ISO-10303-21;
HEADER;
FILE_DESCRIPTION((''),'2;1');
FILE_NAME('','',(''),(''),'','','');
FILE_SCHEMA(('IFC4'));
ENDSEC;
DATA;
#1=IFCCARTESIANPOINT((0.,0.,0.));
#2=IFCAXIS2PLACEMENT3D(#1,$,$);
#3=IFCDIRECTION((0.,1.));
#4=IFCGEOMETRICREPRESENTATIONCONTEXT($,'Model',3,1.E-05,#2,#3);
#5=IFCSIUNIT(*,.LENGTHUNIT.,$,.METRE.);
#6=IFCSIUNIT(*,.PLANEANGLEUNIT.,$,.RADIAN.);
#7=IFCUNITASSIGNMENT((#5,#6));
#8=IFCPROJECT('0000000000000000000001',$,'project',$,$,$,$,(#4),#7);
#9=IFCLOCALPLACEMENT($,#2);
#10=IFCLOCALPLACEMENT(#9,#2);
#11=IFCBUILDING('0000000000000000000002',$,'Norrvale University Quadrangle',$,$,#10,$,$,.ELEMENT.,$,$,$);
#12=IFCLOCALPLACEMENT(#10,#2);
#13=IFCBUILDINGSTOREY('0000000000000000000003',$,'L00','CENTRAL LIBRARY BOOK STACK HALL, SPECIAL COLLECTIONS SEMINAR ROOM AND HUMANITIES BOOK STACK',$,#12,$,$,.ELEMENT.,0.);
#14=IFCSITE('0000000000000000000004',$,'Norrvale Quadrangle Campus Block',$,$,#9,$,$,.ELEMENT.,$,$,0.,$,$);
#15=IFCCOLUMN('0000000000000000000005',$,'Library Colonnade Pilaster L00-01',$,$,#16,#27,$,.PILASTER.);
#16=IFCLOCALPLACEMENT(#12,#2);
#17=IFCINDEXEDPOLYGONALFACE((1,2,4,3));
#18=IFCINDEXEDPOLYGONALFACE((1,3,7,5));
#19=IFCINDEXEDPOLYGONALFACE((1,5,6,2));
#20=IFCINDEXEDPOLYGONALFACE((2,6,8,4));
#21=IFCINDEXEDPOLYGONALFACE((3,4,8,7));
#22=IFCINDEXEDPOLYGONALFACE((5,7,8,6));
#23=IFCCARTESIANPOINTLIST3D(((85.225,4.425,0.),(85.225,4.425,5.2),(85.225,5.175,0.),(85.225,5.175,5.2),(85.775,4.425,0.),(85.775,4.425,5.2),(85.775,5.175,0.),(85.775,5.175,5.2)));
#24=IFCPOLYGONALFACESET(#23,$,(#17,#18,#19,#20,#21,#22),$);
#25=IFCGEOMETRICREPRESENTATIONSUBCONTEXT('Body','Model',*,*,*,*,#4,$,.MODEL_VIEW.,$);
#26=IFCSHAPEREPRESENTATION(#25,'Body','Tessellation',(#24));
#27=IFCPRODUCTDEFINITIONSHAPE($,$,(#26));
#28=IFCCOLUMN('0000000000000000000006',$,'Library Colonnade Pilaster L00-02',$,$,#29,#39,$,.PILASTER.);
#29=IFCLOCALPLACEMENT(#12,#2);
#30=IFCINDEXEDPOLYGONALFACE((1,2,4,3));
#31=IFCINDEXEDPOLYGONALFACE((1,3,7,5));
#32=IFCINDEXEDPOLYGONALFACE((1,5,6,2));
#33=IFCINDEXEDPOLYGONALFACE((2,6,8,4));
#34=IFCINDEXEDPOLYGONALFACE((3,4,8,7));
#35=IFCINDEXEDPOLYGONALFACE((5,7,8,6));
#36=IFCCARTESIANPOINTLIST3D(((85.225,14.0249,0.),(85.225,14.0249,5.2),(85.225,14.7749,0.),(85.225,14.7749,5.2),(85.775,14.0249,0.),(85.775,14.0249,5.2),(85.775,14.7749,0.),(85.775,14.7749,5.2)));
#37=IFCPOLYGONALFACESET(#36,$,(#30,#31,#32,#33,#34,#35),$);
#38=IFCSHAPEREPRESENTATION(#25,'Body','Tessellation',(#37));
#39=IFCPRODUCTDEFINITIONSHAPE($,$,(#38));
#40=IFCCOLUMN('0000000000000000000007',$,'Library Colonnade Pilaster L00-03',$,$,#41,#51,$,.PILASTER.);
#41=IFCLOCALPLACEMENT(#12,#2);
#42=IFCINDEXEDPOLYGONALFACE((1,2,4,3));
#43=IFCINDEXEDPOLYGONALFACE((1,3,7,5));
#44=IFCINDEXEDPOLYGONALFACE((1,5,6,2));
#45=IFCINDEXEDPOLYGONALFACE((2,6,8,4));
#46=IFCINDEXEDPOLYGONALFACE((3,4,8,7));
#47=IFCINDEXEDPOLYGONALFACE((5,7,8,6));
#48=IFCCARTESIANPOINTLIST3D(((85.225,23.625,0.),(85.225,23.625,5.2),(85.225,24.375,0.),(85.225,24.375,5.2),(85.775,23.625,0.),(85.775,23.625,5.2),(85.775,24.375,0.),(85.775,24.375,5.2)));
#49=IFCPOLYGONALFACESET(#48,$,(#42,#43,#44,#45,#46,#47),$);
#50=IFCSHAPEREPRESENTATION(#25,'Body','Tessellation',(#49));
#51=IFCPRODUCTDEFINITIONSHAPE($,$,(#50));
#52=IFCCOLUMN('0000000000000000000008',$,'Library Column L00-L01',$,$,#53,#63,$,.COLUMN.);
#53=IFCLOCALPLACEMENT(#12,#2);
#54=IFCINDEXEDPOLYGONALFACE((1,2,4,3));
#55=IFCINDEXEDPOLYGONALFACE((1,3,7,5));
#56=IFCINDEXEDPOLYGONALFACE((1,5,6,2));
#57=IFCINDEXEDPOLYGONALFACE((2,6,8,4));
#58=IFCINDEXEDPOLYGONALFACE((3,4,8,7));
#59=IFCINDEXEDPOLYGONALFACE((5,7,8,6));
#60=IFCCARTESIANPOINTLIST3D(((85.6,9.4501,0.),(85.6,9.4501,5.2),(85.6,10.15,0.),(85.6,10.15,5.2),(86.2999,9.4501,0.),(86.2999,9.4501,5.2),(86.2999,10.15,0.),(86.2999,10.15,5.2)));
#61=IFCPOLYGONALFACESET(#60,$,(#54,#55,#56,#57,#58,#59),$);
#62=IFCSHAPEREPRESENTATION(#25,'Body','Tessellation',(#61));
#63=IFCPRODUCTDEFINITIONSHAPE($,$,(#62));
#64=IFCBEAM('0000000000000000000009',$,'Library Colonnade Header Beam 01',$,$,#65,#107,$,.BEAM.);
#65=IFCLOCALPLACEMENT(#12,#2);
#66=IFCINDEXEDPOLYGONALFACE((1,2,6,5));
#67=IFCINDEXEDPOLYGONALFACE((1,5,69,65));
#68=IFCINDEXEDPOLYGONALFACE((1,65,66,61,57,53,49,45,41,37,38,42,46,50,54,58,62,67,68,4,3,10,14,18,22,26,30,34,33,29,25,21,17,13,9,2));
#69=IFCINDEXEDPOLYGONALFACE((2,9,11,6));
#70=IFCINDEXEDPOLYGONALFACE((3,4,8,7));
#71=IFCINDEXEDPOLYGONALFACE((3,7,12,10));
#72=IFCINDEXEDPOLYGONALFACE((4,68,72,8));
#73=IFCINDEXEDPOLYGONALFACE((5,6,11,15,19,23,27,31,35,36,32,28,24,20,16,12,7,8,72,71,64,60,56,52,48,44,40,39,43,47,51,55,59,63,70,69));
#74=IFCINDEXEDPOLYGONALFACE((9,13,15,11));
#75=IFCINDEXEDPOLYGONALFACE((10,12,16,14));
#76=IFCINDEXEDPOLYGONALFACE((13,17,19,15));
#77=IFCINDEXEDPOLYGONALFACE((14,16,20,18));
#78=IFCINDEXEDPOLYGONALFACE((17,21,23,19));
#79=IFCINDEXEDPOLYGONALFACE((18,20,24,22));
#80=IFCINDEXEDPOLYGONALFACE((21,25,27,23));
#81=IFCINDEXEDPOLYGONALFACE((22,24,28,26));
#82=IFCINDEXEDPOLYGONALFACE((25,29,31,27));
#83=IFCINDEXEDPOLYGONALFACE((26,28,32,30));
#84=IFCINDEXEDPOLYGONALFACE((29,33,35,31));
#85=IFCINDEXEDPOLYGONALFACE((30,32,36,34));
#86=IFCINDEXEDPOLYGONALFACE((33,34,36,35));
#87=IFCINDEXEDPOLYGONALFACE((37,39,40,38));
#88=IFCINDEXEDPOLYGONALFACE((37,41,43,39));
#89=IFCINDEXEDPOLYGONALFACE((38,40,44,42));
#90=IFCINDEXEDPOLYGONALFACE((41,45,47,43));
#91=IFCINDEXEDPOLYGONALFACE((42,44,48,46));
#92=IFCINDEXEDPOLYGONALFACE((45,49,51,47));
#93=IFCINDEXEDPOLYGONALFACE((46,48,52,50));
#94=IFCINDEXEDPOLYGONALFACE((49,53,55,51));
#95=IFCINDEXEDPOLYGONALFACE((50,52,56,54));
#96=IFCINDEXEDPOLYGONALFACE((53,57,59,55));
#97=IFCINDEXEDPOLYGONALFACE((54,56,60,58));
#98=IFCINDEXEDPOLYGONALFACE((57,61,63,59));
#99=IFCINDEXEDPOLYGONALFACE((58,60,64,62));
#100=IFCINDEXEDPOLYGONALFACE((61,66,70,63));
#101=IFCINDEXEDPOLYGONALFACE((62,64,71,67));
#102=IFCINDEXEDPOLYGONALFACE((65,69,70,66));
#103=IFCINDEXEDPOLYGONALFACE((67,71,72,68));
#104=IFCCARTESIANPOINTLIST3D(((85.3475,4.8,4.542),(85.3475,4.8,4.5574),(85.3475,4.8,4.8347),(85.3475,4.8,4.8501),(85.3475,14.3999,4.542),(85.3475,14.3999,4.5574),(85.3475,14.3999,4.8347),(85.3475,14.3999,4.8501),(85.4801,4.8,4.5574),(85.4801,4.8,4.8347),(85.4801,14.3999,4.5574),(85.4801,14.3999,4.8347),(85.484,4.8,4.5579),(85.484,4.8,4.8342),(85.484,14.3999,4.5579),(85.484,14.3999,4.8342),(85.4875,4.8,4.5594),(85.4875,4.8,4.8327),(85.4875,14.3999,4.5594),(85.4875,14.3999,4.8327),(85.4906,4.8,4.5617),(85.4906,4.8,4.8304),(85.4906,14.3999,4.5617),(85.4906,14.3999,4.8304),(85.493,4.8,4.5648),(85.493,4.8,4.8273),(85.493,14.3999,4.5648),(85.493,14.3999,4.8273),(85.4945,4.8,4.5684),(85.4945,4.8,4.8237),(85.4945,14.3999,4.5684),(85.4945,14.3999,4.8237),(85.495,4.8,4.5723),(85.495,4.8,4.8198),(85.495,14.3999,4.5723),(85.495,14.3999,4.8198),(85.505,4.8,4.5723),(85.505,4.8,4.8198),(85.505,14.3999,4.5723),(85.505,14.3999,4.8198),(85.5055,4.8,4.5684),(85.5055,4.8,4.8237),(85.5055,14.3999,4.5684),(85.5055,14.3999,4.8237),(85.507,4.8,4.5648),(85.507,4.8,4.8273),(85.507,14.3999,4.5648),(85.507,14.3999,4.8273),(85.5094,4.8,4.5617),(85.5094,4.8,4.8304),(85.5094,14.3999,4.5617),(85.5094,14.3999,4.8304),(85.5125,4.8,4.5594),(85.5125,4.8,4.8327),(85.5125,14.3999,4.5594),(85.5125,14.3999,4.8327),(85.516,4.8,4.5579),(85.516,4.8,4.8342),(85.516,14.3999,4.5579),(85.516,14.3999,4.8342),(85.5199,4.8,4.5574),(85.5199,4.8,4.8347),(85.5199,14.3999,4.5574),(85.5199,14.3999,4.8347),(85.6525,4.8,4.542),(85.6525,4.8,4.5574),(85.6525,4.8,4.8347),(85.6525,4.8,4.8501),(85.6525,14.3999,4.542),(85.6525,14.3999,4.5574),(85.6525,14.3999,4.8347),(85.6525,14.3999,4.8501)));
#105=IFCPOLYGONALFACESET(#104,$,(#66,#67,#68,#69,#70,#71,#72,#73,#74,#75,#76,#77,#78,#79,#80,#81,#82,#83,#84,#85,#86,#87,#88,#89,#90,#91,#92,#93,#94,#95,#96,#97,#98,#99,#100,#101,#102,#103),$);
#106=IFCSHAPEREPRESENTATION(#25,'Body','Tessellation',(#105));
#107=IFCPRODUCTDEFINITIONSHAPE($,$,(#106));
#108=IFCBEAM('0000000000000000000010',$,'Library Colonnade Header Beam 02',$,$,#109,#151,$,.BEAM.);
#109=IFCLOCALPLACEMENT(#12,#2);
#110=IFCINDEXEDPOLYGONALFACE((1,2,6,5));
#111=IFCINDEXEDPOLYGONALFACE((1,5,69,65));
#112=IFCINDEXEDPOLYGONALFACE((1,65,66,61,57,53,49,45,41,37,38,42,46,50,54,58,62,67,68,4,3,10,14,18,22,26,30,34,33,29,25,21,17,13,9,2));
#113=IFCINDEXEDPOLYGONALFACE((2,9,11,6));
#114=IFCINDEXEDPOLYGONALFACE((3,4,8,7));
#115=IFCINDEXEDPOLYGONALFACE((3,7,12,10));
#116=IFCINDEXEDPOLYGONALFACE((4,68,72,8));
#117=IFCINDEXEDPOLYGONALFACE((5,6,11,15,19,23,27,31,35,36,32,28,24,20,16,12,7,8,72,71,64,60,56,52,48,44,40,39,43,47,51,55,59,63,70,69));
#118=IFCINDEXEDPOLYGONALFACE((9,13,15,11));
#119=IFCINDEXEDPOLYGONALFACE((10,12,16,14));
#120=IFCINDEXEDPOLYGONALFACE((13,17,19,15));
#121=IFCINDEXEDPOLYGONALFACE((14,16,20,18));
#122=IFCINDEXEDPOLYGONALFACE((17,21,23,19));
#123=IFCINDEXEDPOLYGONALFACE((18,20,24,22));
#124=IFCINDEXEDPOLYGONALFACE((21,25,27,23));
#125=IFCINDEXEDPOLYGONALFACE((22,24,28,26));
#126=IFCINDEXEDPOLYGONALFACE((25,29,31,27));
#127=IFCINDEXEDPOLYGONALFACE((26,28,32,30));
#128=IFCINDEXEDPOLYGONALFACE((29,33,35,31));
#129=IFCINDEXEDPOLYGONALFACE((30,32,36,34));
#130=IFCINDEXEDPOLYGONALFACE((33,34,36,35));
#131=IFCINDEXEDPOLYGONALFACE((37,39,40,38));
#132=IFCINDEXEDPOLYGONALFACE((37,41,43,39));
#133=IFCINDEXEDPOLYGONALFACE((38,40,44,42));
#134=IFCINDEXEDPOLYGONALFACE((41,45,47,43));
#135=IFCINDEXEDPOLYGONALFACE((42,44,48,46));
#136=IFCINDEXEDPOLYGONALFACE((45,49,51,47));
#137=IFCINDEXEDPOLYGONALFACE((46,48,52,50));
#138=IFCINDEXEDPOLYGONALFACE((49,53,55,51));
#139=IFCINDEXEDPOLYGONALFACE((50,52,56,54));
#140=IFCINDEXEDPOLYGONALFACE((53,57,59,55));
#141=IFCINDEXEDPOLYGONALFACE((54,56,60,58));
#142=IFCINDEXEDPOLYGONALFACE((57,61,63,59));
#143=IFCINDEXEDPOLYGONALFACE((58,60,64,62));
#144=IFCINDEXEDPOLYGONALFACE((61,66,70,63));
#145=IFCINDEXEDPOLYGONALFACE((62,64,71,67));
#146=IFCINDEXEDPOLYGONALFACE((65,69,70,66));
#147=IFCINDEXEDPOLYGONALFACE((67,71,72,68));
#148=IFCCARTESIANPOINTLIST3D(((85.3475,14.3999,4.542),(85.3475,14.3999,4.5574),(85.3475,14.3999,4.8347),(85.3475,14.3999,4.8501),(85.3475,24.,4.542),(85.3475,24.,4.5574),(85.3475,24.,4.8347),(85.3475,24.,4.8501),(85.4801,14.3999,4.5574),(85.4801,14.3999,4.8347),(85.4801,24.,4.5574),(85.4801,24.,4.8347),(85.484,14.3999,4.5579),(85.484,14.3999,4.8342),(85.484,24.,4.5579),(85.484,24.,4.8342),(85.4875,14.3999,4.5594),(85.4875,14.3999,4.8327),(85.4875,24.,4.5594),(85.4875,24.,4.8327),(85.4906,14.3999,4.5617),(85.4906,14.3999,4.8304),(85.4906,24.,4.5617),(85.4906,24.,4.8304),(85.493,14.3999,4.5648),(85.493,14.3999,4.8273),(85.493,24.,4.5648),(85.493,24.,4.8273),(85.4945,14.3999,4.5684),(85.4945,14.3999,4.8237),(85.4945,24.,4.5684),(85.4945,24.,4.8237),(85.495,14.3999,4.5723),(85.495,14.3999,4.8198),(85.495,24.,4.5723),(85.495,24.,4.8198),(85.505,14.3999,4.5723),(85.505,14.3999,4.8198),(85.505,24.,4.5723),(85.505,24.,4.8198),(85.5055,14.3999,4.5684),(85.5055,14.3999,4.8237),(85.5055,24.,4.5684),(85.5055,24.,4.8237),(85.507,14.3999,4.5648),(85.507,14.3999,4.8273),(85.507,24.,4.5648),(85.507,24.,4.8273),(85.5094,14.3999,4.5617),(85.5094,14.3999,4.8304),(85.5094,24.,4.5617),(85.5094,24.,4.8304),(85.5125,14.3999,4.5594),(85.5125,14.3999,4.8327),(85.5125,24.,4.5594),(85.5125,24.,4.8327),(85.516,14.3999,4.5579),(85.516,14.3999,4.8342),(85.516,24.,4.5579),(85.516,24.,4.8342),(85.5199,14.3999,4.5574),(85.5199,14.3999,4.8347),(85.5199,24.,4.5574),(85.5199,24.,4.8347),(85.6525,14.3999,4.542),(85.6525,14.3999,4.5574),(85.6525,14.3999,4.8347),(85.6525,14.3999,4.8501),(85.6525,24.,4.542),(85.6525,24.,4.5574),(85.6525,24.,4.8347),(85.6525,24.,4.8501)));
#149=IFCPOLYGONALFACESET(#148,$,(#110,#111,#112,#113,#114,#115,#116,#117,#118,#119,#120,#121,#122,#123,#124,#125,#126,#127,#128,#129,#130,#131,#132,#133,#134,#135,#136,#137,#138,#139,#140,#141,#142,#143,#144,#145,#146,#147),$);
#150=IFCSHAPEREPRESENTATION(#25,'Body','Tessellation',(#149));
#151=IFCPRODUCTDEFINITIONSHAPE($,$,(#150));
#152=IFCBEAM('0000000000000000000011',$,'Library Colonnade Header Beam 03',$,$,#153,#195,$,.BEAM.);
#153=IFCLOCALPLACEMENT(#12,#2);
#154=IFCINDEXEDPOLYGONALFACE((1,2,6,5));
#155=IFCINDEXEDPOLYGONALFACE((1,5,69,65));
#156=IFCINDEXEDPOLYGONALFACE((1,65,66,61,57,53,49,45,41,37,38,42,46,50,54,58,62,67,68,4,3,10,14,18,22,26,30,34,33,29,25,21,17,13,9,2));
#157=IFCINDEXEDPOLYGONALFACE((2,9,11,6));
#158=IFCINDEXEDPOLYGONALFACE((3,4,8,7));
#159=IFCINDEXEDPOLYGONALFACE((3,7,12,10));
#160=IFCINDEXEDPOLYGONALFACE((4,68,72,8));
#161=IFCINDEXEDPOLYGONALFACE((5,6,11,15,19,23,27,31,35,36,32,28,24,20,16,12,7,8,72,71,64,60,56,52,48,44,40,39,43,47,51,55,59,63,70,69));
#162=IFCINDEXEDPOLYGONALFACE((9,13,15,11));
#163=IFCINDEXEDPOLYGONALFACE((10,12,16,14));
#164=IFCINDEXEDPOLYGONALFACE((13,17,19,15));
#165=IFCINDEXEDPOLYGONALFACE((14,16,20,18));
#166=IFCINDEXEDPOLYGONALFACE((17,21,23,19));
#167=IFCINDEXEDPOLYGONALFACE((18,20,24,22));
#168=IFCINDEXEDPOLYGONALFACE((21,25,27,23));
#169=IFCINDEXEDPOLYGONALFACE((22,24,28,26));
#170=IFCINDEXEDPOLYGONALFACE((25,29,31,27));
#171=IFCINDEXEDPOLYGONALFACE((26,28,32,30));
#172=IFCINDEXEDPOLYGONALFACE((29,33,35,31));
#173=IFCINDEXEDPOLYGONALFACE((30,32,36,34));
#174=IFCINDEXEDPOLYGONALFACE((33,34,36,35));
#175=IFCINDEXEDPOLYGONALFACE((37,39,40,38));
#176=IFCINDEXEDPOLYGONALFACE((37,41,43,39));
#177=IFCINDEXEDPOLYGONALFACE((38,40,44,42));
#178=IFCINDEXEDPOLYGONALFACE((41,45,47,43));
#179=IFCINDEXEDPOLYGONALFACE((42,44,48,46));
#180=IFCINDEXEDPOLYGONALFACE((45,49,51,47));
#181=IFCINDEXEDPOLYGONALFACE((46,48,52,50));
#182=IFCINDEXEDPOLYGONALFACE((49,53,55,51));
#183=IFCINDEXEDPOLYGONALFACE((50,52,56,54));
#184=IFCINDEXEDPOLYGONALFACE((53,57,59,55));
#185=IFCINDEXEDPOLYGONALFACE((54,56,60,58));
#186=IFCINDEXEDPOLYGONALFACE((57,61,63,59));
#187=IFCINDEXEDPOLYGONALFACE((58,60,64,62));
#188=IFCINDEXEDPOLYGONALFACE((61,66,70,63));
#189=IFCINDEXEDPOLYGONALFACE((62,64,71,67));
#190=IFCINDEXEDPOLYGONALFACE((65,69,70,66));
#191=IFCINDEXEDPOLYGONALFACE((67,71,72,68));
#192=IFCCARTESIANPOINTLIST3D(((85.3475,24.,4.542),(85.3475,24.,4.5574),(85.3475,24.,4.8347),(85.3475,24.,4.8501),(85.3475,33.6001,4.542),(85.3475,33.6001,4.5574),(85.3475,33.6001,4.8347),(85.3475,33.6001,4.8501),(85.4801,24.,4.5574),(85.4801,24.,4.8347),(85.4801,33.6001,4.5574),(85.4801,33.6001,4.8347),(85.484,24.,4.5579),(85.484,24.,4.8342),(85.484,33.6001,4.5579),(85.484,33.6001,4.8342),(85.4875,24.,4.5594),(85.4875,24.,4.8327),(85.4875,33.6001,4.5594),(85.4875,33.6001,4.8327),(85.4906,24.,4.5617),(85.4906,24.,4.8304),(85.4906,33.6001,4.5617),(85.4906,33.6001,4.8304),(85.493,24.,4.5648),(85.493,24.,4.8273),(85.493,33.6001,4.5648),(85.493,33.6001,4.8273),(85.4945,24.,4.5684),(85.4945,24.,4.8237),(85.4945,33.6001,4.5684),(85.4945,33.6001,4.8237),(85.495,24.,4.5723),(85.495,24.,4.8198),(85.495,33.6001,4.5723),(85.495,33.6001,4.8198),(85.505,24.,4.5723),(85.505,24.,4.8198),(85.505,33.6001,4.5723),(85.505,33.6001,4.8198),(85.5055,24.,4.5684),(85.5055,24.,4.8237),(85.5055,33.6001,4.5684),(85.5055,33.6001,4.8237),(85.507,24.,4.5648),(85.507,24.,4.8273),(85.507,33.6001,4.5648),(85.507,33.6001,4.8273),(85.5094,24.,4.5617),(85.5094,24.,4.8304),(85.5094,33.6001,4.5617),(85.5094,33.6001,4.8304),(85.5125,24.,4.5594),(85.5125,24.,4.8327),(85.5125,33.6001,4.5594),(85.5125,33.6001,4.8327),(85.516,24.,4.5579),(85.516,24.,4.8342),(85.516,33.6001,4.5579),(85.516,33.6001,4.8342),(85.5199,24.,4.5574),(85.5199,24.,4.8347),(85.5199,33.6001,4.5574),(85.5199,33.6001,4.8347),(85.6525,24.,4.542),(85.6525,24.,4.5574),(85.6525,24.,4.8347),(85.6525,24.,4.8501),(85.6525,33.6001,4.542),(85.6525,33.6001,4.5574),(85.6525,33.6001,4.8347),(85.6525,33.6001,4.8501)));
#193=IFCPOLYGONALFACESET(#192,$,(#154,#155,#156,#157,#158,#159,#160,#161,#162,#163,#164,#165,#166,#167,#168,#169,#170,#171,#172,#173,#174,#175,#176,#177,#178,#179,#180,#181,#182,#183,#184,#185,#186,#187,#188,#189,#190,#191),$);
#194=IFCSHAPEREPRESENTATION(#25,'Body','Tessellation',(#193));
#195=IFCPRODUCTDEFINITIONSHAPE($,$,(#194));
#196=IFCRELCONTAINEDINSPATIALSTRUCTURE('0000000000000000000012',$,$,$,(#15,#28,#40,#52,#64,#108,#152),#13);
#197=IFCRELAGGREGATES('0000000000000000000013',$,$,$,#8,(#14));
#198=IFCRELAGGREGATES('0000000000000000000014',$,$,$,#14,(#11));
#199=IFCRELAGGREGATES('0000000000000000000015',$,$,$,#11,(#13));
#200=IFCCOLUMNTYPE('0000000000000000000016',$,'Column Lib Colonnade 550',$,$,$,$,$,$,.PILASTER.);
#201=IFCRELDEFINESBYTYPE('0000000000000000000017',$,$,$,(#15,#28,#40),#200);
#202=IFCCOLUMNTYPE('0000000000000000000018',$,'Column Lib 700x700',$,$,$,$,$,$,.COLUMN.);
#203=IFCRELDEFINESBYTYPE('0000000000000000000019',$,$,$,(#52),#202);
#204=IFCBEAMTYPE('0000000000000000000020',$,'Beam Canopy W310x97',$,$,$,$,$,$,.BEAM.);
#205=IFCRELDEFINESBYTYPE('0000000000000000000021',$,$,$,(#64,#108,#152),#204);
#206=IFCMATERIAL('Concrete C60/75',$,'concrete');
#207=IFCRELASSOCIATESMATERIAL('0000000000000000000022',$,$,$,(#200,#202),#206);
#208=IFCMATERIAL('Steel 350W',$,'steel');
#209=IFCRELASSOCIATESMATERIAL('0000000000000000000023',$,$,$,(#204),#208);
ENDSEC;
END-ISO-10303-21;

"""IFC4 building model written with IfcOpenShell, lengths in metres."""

from ifc_helpers import new_model, si_unit, direction, frame, origin, origin_2d, place, context, subcontext, project, spatial, rectangle, i_section, extrude, material, material_profile, profile_set, type_object, element, save


model = new_model("IFC4")

# Units and contexts
model_context = context("Model", 3, precision=1e-05, world=origin(), true_north=direction((0.0, 1.0)))
body_context = subcontext(model_context, "Body", "Model", "MODEL_VIEW")
ifc_project = project(units=[si_unit("LENGTHUNIT", "METRE"), si_unit("PLANEANGLEUNIT", "RADIAN")], contexts=[model_context])

# Site, building, storey
site_placement = place(None, origin())
site = spatial("IfcSite", under=ifc_project, at=site_placement, Name="Norrvale Quadrangle Campus Block", CompositionType="ELEMENT", RefElevation=0.0)
building_placement = place(site_placement, origin())
building = spatial("IfcBuilding", under=site, at=building_placement, Name="Norrvale University Quadrangle", CompositionType="ELEMENT")
storey_placement = place(building_placement, origin())
storey = spatial("IfcBuildingStorey", under=building, at=storey_placement, Name="L00", Description="CENTRAL LIBRARY BOOK STACK HALL, SPECIAL COLLECTIONS SEMINAR ROOM AND HUMANITIES BOOK STACK", CompositionType="ELEMENT", Elevation=0.0)

# Columns
ifc_material_1 = material(Name="Concrete C60/75", Category="concrete")
ifc_material_profile_1 = material_profile(ifc_material_1, rectangle(XDim=0.55, YDim=0.75, at=origin_2d()), Name="Concrete C60/75")
ifc_profile_set_1 = profile_set([ifc_material_profile_1], Name="Concrete C60/75")
column_type_1 = type_object("IfcColumnType", Name="Column Lib Colonnade 550", PredefinedType="PILASTER", material=ifc_profile_set_1)
for number, where, z_axis, x_axis, name in (
    (1, (85.5, 4.8, 0.0), (0.0, 0.0, 1.0), (1.0, 0.0, 0.0), "Library Colonnade Pilaster L00-01"),
    (2, (85.5, 14.3999, 0.0), (0.0, 0.0, 1.0), (1.0, 0.0, 0.0), "Library Colonnade Pilaster L00-02"),
    (3, (85.5, 24.0, 0.0), (0.0, 0.0, 1.0), (1.0, 0.0, 0.0), "Library Colonnade Pilaster L00-03"),
):
    element("IfcColumn", number, at=place(storey_placement, frame(where, z_axis=z_axis, x_axis=x_axis)), inside=storey, type_object=column_type_1, Name=name, PredefinedType="PILASTER", context=body_context, shape_type="SweptSolid", body=[
        extrude(rectangle(XDim=0.55, YDim=0.75, at=origin_2d()), origin(), (0.0, 0.0, 1.0), 5.2),
    ])
ifc_material_profile_2 = material_profile(ifc_material_1, rectangle(XDim=0.7, YDim=0.7, at=origin_2d()), Name="Concrete C60/75")
ifc_profile_set_2 = profile_set([ifc_material_profile_2], Name="Concrete C60/75")
column_type_2 = type_object("IfcColumnType", Name="Column Lib 700x700", PredefinedType="COLUMN", material=ifc_profile_set_2)
column_placement = place(storey_placement, frame((85.95, 9.8, 0.0), z_axis=(0.0, 0.0, 1.0), x_axis=(1.0, 0.0, 0.0)))
element("IfcColumn", 4, at=column_placement, inside=storey, type_object=column_type_2, Name="Library Column L00-L01", PredefinedType="COLUMN", context=body_context, shape_type="SweptSolid", body=[
    extrude(rectangle(XDim=0.7, YDim=0.7, at=origin_2d()), origin(), (0.0, 0.0, 1.0), 5.2),
])

# Beams
ifc_material_2 = material(Name="Steel 350W", Category="steel")
ifc_material_profile_3 = material_profile(ifc_material_2, i_section(OverallWidth=0.3049, OverallDepth=0.3081, WebThickness=0.01, FlangeThickness=0.0154, FilletRadius=0.0149, at=origin_2d()), Name="Steel 350W")
ifc_profile_set_3 = profile_set([ifc_material_profile_3], Name="Steel 350W")
beam_type_1 = type_object("IfcBeamType", Name="Beam Canopy W310x97", PredefinedType="BEAM", material=ifc_profile_set_3)
beam_1_placement = place(storey_placement, frame((85.5, 4.8, 4.696), z_axis=(0.0, 1.0, 0.0), x_axis=(-1.0, 0.0, 0.0)))
element("IfcBeam", 5, at=beam_1_placement, inside=storey, type_object=beam_type_1, Name="Library Colonnade Header Beam 01", PredefinedType="BEAM", context=body_context, shape_type="SweptSolid", body=[
    extrude(i_section(OverallWidth=0.3049, OverallDepth=0.3081, WebThickness=0.01, FlangeThickness=0.0154, FilletRadius=0.0149, at=origin_2d()), origin(), (0.0, 0.0, 1.0), 9.5999),
])
for number, where, z_axis, x_axis, name in (
    (6, (85.5, 14.3999, 4.696), (0.0, 1.0, 0.0), (-1.0, 0.0, 0.0), "Library Colonnade Header Beam 02"),
    (7, (85.5, 24.0, 4.696), (0.0, 1.0, 0.0), (-1.0, 0.0, 0.0), "Library Colonnade Header Beam 03"),
):
    element("IfcBeam", number, at=place(storey_placement, frame(where, z_axis=z_axis, x_axis=x_axis)), inside=storey, type_object=beam_type_1, Name=name, PredefinedType="BEAM", context=body_context, shape_type="SweptSolid", body=[
        extrude(i_section(OverallWidth=0.3049, OverallDepth=0.3081, WebThickness=0.01, FlangeThickness=0.0154, FilletRadius=0.0149, at=origin_2d()), origin(), (0.0, 0.0, 1.0), 9.6001),
    ])

save(model, "model.ifc")
